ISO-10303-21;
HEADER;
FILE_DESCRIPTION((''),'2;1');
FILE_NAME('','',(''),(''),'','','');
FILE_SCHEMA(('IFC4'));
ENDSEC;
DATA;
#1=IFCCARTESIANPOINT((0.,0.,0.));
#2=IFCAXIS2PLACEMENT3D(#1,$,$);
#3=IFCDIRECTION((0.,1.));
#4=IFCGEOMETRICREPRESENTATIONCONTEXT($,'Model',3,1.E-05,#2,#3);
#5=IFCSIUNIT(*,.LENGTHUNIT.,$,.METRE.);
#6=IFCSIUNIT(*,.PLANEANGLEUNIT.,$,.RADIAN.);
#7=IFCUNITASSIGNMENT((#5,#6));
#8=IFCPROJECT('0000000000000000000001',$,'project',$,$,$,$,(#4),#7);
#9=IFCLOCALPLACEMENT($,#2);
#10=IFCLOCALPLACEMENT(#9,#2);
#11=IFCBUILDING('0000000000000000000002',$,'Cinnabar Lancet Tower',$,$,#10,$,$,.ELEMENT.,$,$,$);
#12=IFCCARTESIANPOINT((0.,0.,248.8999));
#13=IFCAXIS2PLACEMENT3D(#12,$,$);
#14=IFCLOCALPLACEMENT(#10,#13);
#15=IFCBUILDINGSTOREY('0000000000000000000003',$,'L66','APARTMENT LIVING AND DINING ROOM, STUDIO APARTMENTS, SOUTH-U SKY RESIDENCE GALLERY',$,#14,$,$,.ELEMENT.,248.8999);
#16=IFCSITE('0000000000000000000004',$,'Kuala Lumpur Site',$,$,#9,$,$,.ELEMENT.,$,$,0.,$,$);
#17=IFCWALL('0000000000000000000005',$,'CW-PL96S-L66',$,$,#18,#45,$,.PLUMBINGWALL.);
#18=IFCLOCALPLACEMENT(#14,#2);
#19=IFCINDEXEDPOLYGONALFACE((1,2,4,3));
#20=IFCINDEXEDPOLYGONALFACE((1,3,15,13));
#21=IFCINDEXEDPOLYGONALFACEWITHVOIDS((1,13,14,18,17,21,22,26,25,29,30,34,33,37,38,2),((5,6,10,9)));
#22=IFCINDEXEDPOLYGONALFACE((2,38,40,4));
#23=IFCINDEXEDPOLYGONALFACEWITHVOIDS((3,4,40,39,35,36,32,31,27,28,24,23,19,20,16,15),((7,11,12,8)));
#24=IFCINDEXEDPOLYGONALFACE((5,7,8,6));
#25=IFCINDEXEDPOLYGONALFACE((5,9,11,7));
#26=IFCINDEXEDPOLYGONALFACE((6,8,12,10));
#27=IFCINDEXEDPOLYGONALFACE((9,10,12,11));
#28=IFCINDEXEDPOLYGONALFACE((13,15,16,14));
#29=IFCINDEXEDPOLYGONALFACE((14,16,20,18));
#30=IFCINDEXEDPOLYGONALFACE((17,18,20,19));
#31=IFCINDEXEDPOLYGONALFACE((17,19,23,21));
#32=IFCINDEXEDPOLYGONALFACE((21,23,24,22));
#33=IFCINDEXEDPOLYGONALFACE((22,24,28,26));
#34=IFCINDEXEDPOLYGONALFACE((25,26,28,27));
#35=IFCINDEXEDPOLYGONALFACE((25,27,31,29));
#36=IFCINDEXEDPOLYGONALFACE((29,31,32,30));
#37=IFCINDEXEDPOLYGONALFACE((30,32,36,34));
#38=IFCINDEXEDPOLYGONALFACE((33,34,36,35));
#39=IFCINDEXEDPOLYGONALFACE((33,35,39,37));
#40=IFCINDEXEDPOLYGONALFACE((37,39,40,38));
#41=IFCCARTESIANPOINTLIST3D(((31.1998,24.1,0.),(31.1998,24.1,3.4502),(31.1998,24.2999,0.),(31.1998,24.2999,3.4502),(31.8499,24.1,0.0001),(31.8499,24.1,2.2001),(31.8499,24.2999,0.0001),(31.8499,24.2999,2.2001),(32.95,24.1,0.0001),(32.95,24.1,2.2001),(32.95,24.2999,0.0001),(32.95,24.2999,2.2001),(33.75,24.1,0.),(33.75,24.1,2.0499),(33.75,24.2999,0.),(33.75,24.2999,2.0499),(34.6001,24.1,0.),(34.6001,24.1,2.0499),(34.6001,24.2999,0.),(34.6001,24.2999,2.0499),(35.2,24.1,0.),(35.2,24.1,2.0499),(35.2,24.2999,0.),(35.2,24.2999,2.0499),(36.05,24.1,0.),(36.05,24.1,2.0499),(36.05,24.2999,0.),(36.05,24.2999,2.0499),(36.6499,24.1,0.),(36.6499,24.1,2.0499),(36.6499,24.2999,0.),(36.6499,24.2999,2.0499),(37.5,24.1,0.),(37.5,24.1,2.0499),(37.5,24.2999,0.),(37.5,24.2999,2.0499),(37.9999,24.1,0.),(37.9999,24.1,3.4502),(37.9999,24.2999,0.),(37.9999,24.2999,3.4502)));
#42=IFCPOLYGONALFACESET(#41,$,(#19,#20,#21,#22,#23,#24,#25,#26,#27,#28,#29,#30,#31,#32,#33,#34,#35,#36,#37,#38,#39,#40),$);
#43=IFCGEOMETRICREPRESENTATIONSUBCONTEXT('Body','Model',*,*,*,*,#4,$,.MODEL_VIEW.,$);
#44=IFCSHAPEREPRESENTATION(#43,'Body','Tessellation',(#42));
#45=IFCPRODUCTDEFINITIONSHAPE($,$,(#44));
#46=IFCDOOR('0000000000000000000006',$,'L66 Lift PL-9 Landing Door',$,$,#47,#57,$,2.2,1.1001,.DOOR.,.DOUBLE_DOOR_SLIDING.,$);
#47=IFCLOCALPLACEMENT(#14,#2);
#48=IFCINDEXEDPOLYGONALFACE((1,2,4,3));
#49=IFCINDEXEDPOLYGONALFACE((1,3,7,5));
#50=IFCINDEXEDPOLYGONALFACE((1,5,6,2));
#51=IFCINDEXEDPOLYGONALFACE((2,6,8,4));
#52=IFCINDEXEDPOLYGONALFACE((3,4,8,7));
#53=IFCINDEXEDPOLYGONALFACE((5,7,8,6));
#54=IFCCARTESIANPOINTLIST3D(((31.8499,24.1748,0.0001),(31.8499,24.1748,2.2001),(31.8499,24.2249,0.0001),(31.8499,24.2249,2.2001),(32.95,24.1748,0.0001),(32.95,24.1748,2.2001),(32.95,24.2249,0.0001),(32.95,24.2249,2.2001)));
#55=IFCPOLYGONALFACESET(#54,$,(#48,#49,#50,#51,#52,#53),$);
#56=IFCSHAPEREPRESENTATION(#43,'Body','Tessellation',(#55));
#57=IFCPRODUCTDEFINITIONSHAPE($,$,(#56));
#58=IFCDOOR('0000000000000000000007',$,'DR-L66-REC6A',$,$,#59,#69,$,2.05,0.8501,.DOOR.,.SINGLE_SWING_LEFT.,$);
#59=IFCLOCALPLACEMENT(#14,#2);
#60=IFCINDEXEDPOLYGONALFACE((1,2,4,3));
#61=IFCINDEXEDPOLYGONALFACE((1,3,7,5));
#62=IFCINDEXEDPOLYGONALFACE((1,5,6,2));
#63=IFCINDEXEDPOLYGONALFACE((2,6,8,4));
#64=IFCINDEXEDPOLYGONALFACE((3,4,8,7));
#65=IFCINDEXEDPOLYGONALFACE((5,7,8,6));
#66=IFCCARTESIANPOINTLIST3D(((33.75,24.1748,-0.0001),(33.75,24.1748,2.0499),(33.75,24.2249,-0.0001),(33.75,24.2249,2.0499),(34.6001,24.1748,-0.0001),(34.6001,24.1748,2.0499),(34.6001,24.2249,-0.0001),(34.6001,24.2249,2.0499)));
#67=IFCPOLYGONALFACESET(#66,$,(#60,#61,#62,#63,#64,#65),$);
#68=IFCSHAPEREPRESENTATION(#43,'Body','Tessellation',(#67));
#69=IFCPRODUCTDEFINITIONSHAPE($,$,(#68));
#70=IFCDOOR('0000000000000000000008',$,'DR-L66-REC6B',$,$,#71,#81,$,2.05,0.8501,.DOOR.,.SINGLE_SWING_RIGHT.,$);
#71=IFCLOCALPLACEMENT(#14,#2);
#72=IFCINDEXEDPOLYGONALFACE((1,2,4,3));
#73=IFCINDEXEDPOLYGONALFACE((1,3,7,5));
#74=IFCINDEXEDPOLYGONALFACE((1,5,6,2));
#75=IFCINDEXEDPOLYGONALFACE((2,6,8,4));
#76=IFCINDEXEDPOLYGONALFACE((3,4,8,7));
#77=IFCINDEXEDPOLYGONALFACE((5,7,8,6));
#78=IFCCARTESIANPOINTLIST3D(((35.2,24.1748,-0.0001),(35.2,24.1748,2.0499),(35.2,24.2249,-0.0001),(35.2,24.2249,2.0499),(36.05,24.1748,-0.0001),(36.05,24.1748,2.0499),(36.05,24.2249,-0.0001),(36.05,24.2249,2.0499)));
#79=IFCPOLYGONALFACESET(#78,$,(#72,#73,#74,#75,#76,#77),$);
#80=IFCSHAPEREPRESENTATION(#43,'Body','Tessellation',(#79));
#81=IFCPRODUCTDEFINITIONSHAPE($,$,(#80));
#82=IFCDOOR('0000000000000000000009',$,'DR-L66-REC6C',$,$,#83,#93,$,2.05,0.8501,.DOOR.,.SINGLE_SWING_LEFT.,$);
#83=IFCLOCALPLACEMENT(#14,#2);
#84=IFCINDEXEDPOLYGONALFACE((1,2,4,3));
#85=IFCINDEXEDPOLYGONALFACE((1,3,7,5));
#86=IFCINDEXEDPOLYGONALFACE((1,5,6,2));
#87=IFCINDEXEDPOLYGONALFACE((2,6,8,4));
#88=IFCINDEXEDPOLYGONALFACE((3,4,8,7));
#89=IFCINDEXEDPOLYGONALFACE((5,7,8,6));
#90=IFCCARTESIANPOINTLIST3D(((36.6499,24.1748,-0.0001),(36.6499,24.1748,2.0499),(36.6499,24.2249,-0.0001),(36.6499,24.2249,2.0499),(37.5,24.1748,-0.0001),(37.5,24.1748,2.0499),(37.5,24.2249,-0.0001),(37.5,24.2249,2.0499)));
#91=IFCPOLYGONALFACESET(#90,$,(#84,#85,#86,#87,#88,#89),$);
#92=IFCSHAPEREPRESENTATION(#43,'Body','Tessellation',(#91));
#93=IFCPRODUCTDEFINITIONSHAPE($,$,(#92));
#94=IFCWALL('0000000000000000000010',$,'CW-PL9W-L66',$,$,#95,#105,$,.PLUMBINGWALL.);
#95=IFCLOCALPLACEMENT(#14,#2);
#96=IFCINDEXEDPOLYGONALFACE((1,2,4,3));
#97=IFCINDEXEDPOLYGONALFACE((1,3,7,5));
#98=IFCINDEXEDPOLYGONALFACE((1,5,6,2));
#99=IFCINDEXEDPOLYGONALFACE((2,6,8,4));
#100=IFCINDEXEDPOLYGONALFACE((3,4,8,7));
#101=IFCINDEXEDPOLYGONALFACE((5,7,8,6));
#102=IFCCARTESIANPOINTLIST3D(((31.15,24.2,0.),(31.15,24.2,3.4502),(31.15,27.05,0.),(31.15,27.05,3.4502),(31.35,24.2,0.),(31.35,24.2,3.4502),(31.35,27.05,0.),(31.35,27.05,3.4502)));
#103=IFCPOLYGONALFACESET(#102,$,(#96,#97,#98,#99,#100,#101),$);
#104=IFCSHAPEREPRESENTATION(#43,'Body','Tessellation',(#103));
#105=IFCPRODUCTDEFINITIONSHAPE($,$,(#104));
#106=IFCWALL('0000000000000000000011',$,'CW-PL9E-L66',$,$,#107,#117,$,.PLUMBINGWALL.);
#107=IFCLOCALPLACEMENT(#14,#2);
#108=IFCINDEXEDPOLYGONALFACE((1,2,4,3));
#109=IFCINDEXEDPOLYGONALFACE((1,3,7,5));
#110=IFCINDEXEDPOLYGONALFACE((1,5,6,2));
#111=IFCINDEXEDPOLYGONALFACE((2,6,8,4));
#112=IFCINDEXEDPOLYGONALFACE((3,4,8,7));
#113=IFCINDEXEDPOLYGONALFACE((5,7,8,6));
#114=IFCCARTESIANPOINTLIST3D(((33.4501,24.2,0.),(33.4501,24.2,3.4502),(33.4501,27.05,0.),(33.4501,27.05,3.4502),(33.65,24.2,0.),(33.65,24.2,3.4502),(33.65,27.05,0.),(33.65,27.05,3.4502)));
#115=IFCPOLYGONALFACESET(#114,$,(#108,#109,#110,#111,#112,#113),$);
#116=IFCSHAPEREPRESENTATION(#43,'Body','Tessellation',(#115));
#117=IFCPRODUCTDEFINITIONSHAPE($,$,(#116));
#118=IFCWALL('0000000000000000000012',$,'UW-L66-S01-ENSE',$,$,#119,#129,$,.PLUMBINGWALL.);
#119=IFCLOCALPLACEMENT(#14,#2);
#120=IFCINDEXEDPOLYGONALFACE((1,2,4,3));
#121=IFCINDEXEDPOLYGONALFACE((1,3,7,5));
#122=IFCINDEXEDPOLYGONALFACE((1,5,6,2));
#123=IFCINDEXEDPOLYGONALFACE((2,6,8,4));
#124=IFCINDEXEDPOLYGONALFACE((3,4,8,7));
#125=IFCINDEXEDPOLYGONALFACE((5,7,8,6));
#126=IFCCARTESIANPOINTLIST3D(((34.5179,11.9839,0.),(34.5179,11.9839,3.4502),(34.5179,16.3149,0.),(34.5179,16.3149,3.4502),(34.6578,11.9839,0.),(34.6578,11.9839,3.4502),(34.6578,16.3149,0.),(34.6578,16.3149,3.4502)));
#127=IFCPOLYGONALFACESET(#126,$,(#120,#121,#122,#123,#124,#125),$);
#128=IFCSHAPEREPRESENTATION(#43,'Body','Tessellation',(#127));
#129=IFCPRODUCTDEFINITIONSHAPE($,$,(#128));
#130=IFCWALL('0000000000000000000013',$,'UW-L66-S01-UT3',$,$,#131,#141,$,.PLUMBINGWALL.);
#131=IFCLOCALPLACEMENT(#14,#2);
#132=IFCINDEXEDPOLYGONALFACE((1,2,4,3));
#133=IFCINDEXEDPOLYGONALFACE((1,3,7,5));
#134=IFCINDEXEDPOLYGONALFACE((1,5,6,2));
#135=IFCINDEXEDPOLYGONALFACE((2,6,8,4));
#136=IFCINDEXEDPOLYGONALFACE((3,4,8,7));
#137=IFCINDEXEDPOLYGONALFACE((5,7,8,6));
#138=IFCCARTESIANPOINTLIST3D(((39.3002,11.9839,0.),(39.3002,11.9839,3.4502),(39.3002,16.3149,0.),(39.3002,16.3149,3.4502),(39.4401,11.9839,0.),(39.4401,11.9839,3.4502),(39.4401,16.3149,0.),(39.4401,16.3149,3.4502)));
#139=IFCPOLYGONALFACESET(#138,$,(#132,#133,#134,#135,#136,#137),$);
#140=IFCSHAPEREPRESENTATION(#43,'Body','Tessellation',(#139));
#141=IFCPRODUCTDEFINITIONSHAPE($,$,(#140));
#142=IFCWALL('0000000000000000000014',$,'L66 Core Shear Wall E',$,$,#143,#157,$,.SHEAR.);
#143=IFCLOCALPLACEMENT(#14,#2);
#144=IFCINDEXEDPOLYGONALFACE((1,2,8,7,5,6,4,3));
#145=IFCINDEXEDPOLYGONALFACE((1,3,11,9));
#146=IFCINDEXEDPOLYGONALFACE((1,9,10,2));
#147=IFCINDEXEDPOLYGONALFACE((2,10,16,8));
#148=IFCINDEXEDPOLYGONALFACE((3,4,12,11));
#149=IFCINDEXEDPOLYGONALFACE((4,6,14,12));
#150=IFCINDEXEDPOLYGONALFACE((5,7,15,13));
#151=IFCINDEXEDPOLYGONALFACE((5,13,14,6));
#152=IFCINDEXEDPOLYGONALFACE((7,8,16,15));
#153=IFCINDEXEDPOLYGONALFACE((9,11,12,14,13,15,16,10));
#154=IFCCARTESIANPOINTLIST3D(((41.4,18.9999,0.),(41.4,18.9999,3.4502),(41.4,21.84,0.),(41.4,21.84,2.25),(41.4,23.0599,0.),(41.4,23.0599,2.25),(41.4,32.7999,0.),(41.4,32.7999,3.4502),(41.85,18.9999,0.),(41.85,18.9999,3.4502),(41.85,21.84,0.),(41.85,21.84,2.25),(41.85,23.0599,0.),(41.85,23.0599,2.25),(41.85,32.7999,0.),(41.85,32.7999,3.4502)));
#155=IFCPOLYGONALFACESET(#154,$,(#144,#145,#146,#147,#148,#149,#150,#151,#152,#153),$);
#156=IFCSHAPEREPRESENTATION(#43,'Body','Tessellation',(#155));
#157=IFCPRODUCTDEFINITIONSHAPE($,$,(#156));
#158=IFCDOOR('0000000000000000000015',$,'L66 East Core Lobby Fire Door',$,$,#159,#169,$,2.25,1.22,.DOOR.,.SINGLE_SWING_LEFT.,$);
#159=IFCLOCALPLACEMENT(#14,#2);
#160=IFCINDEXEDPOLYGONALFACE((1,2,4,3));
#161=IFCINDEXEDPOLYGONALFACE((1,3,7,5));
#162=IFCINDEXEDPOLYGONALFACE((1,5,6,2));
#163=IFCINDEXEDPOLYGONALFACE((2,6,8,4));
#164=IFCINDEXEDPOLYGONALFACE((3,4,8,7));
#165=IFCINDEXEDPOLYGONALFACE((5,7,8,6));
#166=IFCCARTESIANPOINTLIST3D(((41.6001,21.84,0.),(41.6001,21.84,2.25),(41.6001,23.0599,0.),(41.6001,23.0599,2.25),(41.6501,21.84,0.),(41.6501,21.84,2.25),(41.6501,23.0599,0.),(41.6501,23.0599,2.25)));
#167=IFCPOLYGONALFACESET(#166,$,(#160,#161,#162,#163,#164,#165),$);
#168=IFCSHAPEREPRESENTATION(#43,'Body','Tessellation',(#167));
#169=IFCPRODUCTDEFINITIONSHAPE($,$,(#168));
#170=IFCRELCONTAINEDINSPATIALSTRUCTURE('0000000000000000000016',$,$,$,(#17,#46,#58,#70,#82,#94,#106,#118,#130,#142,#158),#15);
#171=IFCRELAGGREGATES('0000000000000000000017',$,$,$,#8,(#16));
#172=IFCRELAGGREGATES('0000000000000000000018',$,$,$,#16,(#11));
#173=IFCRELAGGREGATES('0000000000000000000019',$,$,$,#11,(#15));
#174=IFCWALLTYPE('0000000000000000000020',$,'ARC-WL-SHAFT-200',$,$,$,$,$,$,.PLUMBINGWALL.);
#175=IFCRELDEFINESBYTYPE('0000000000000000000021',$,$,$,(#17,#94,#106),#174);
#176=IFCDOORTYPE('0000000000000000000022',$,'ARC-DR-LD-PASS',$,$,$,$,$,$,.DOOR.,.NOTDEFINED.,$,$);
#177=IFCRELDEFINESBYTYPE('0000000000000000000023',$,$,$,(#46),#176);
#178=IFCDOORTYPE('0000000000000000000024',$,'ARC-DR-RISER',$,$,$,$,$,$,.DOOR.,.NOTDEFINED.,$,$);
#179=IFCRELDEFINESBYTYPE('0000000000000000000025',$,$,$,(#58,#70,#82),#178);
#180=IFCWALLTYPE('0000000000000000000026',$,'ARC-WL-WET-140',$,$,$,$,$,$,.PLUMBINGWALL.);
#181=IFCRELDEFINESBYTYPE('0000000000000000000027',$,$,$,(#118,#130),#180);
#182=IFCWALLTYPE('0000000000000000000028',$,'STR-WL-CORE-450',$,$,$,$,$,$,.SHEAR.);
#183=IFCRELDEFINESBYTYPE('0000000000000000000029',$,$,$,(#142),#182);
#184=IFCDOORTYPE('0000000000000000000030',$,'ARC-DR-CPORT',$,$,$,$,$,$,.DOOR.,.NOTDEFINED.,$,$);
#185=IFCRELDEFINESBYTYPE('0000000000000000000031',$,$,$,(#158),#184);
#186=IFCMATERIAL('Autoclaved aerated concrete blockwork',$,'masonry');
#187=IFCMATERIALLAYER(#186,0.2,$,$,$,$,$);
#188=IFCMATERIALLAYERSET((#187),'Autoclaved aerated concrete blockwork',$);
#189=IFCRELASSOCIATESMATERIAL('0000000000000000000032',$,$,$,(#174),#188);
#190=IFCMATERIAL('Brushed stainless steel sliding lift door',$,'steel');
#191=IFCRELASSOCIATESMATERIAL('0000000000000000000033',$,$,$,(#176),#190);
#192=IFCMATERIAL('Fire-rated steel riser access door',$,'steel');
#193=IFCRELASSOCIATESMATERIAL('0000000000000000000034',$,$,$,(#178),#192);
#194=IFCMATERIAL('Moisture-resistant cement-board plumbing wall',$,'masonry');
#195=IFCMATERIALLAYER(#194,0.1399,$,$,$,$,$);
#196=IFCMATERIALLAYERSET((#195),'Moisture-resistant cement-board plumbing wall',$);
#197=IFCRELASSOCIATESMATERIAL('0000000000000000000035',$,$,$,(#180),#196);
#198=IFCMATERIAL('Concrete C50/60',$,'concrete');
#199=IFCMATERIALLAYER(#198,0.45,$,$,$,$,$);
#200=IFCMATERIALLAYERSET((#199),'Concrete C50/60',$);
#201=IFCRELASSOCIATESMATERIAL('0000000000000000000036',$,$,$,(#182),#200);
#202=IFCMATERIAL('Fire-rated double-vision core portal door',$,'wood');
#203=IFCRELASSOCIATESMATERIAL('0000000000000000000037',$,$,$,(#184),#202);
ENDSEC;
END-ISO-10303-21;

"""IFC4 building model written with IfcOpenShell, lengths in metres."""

from ifc_helpers import new_model, si_unit, direction, frame, frame_2d, origin, place, context, subcontext, project, spatial, rectangle, extrude, material, layer, layer_set, type_object, element, fill, save


model = new_model("IFC4")

# Units and contexts
model_context = context("Model", 3, precision=1e-05, world=origin(), true_north=direction((0.0, 1.0)))
body_context = subcontext(model_context, "Body", "Model", "MODEL_VIEW")
ifc_project = project(units=[si_unit("LENGTHUNIT", "METRE"), si_unit("PLANEANGLEUNIT", "RADIAN")], contexts=[model_context])

# Site, building, storey
site_placement = place(None, origin())
site = spatial("IfcSite", under=ifc_project, at=site_placement, Name="Kuala Lumpur Site", CompositionType="ELEMENT", RefElevation=0.0)
building_placement = place(site_placement, origin())
building = spatial("IfcBuilding", under=site, at=building_placement, Name="Cinnabar Lancet Tower", CompositionType="ELEMENT")
storey_placement = place(building_placement, frame((0.0, 0.0, 248.8999)))
storey = spatial("IfcBuildingStorey", under=building, at=storey_placement, Name="L66", Description="APARTMENT LIVING AND DINING ROOM, STUDIO APARTMENTS, SOUTH-U SKY RESIDENCE GALLERY", CompositionType="ELEMENT", Elevation=248.8999)

# Shared definitions
ifc_material_1 = material(Name="Autoclaved aerated concrete blockwork", Category="masonry")
ifc_layer_1 = layer(ifc_material_1, 0.2)
ifc_layer_set_1 = layer_set([ifc_layer_1], Name="Autoclaved aerated concrete blockwork")
wall_type_1 = type_object("IfcWallType", Name="ARC-WL-SHAFT-200", PredefinedType="PLUMBINGWALL", material=ifc_layer_set_1)

# Wall, openings, doors
wall_1_placement = place(storey_placement, frame((31.2, 24.2, 0.0), z_axis=(0.0, 0.0, 1.0), x_axis=(1.0, 0.0, 0.0)))
wall_1 = element("IfcWall", 1, at=wall_1_placement, inside=storey, type_object=wall_type_1, Name="CW-PL96S-L66", PredefinedType="PLUMBINGWALL", context=body_context, shape_type="SweptSolid", body=[
    extrude(rectangle(XDim=6.8, YDim=0.2, at=frame_2d((3.3999, 0.0))), origin(), (0.0, 0.0, 1.0), 3.4502),
])
opening_1_placement = place(wall_1_placement, frame((0.6499, 0.0, 0.0)))
opening_1 = element("IfcOpeningElement", 2, at=opening_1_placement, cuts=wall_1, PredefinedType="OPENING", context=body_context, shape_type="SweptSolid", body=[
    extrude(rectangle(XDim=1.1001, YDim=2.2, at=frame_2d((0.55, 1.1001))), frame((0.0, 0.1099, 0.0), z_axis=(0.0, -1.0, 0.0), x_axis=(1.0, 0.0, 0.0)), (0.0, 0.0, 1.0), 0.22),
])
opening_2_placement = place(wall_1_placement, frame((2.55, 0.0, 0.0)))
opening_2 = element("IfcOpeningElement", 3, at=opening_2_placement, cuts=wall_1, PredefinedType="OPENING", context=body_context, shape_type="SweptSolid", body=[
    extrude(rectangle(XDim=0.8501, YDim=2.05, at=frame_2d((0.425, 1.0249))), frame((0.0, 0.1099, 0.0), z_axis=(0.0, -1.0, 0.0), x_axis=(1.0, 0.0, 0.0)), (0.0, 0.0, 1.0), 0.22),
])
opening_3_placement = place(wall_1_placement, frame((4.0, 0.0, 0.0)))
opening_3 = element("IfcOpeningElement", 4, at=opening_3_placement, cuts=wall_1, PredefinedType="OPENING", context=body_context, shape_type="SweptSolid", body=[
    extrude(rectangle(XDim=0.8501, YDim=2.05, at=frame_2d((0.425, 1.0249))), frame((0.0, 0.1099, 0.0), z_axis=(0.0, -1.0, 0.0), x_axis=(1.0, 0.0, 0.0)), (0.0, 0.0, 1.0), 0.22),
])
opening_4_placement = place(wall_1_placement, frame((5.45, 0.0, 0.0)))
opening_4 = element("IfcOpeningElement", 5, at=opening_4_placement, cuts=wall_1, PredefinedType="OPENING", context=body_context, shape_type="SweptSolid", body=[
    extrude(rectangle(XDim=0.8501, YDim=2.05, at=frame_2d((0.425, 1.0249))), frame((0.0, 0.1099, 0.0), z_axis=(0.0, -1.0, 0.0), x_axis=(1.0, 0.0, 0.0)), (0.0, 0.0, 1.0), 0.22),
])
ifc_material_2 = material(Name="Brushed stainless steel sliding lift door", Category="steel")
door_type_1 = type_object("IfcDoorType", Name="ARC-DR-LD-PASS", OperationType="NOTDEFINED", PredefinedType="DOOR", material=ifc_material_2)
door_1_placement = place(opening_1_placement, origin())
door_1 = element("IfcDoor", 6, at=door_1_placement, inside=storey, type_object=door_type_1, Name="L66 Lift PL-9 Landing Door", OperationType="DOUBLE_DOOR_SLIDING", OverallHeight=2.2, OverallWidth=1.1001, PredefinedType="DOOR", context=body_context, shape_type="SweptSolid", body=[
    extrude(rectangle(XDim=1.1001, YDim=2.2, at=frame_2d((0.55, 1.1001))), frame((0.0, 0.0249, 0.0), z_axis=(0.0, -1.0, 0.0), x_axis=(1.0, 0.0, 0.0)), (0.0, 0.0, 1.0), 0.05),
])
fill(opening_1, door_1)
ifc_material_3 = material(Name="Fire-rated steel riser access door", Category="steel")
door_type_2 = type_object("IfcDoorType", Name="ARC-DR-RISER", OperationType="NOTDEFINED", PredefinedType="DOOR", material=ifc_material_3)
door_2_placement = place(opening_2_placement, origin())
door_2 = element("IfcDoor", 7, at=door_2_placement, inside=storey, type_object=door_type_2, Name="DR-L66-REC6A", OperationType="SINGLE_SWING_LEFT", OverallHeight=2.05, OverallWidth=0.8501, PredefinedType="DOOR", context=body_context, shape_type="SweptSolid", body=[
    extrude(rectangle(XDim=0.8501, YDim=2.05, at=frame_2d((0.425, 1.0249))), frame((0.0, 0.0249, 0.0), z_axis=(0.0, -1.0, 0.0), x_axis=(1.0, 0.0, 0.0)), (0.0, 0.0, 1.0), 0.05),
])
fill(opening_2, door_2)
door_3_placement = place(opening_3_placement, origin())
door_3 = element("IfcDoor", 8, at=door_3_placement, inside=storey, type_object=door_type_2, Name="DR-L66-REC6B", OperationType="SINGLE_SWING_RIGHT", OverallHeight=2.05, OverallWidth=0.8501, PredefinedType="DOOR", context=body_context, shape_type="SweptSolid", body=[
    extrude(rectangle(XDim=0.8501, YDim=2.05, at=frame_2d((0.425, 1.0249))), frame((0.0, 0.0249, 0.0), z_axis=(0.0, -1.0, 0.0), x_axis=(1.0, 0.0, 0.0)), (0.0, 0.0, 1.0), 0.05),
])
fill(opening_3, door_3)
door_4_placement = place(opening_4_placement, origin())
door_4 = element("IfcDoor", 9, at=door_4_placement, inside=storey, type_object=door_type_2, Name="DR-L66-REC6C", OperationType="SINGLE_SWING_LEFT", OverallHeight=2.05, OverallWidth=0.8501, PredefinedType="DOOR", context=body_context, shape_type="SweptSolid", body=[
    extrude(rectangle(XDim=0.8501, YDim=2.05, at=frame_2d((0.425, 1.0249))), frame((0.0, 0.0249, 0.0), z_axis=(0.0, -1.0, 0.0), x_axis=(1.0, 0.0, 0.0)), (0.0, 0.0, 1.0), 0.05),
])
fill(opening_4, door_4)

# Walls
for number, where, z_axis, x_axis, name in (
    (10, (31.25, 24.2, 0.0), (0.0, 0.0, 1.0), (0.0, 1.0, 0.0), "CW-PL9W-L66"),
    (11, (33.55, 24.2, 0.0), (0.0, 0.0, 1.0), (0.0, 1.0, 0.0), "CW-PL9E-L66"),
):
    element("IfcWall", number, at=place(storey_placement, frame(where, z_axis=z_axis, x_axis=x_axis)), inside=storey, type_object=wall_type_1, Name=name, PredefinedType="PLUMBINGWALL", context=body_context, shape_type="SweptSolid", body=[
        extrude(rectangle(XDim=2.8501, YDim=0.2, at=frame_2d((1.425, 0.0))), origin(), (0.0, 0.0, 1.0), 3.4502),
    ])
ifc_material_4 = material(Name="Moisture-resistant cement-board plumbing wall", Category="masonry")
ifc_layer_2 = layer(ifc_material_4, 0.1399)
ifc_layer_set_2 = layer_set([ifc_layer_2], Name="Moisture-resistant cement-board plumbing wall")
wall_type_2 = type_object("IfcWallType", Name="ARC-WL-WET-140", PredefinedType="PLUMBINGWALL", material=ifc_layer_set_2)
for number, where, z_axis, x_axis, name in (
    (12, (34.5879, 11.9839, 0.0), (0.0, 0.0, 1.0), (0.0, 1.0, 0.0), "UW-L66-S01-ENSE"),
    (13, (39.3701, 11.9839, 0.0), (0.0, 0.0, 1.0), (0.0, 1.0, 0.0), "UW-L66-S01-UT3"),
):
    element("IfcWall", number, at=place(storey_placement, frame(where, z_axis=z_axis, x_axis=x_axis)), inside=storey, type_object=wall_type_2, Name=name, PredefinedType="PLUMBINGWALL", context=body_context, shape_type="SweptSolid", body=[
        extrude(rectangle(XDim=4.3311, YDim=0.1399, at=frame_2d((2.1655, 0.0))), origin(), (0.0, 0.0, 1.0), 3.4502),
    ])

# Wall, opening, door
ifc_material_5 = material(Name="Concrete C50/60", Category="concrete")
ifc_layer_3 = layer(ifc_material_5, 0.45)
ifc_layer_set_3 = layer_set([ifc_layer_3], Name="Concrete C50/60")
wall_type_3 = type_object("IfcWallType", Name="STR-WL-CORE-450", PredefinedType="SHEAR", material=ifc_layer_set_3)
wall_2_placement = place(storey_placement, frame((41.625, 19.0, 0.0), z_axis=(0.0, 0.0, 1.0), x_axis=(0.0, 1.0, 0.0)))
wall_2 = element("IfcWall", 14, at=wall_2_placement, inside=storey, type_object=wall_type_3, Name="L66 Core Shear Wall E", PredefinedType="SHEAR", context=body_context, shape_type="SweptSolid", body=[
    extrude(rectangle(XDim=13.8, YDim=0.45, at=frame_2d((6.8999, 0.0))), origin(), (0.0, 0.0, 1.0), 3.4502),
])
opening_5_placement = place(wall_2_placement, frame((2.8401, 0.0, 0.0)))
opening_5 = element("IfcOpeningElement", 15, at=opening_5_placement, cuts=wall_2, PredefinedType="OPENING", context=body_context, shape_type="SweptSolid", body=[
    extrude(rectangle(XDim=1.22, YDim=2.25, at=frame_2d((0.6099, 1.125))), frame((0.0, 0.2349, 0.0), z_axis=(0.0, -1.0, 0.0), x_axis=(1.0, 0.0, 0.0)), (0.0, 0.0, 1.0), 0.47),
])
ifc_material_6 = material(Name="Fire-rated double-vision core portal door", Category="wood")
door_type_3 = type_object("IfcDoorType", Name="ARC-DR-CPORT", OperationType="NOTDEFINED", PredefinedType="DOOR", material=ifc_material_6)
door_5_placement = place(opening_5_placement, origin())
door_5 = element("IfcDoor", 16, at=door_5_placement, inside=storey, type_object=door_type_3, Name="L66 East Core Lobby Fire Door", OperationType="SINGLE_SWING_LEFT", OverallHeight=2.25, OverallWidth=1.22, PredefinedType="DOOR", context=body_context, shape_type="SweptSolid", body=[
    extrude(rectangle(XDim=1.22, YDim=2.25, at=frame_2d((0.6099, 1.125))), frame((0.0, 0.0249, 0.0), z_axis=(0.0, -1.0, 0.0), x_axis=(1.0, 0.0, 0.0)), (0.0, 0.0, 1.0), 0.05),
])
fill(opening_5, door_5)

save(model, "model.ifc")
